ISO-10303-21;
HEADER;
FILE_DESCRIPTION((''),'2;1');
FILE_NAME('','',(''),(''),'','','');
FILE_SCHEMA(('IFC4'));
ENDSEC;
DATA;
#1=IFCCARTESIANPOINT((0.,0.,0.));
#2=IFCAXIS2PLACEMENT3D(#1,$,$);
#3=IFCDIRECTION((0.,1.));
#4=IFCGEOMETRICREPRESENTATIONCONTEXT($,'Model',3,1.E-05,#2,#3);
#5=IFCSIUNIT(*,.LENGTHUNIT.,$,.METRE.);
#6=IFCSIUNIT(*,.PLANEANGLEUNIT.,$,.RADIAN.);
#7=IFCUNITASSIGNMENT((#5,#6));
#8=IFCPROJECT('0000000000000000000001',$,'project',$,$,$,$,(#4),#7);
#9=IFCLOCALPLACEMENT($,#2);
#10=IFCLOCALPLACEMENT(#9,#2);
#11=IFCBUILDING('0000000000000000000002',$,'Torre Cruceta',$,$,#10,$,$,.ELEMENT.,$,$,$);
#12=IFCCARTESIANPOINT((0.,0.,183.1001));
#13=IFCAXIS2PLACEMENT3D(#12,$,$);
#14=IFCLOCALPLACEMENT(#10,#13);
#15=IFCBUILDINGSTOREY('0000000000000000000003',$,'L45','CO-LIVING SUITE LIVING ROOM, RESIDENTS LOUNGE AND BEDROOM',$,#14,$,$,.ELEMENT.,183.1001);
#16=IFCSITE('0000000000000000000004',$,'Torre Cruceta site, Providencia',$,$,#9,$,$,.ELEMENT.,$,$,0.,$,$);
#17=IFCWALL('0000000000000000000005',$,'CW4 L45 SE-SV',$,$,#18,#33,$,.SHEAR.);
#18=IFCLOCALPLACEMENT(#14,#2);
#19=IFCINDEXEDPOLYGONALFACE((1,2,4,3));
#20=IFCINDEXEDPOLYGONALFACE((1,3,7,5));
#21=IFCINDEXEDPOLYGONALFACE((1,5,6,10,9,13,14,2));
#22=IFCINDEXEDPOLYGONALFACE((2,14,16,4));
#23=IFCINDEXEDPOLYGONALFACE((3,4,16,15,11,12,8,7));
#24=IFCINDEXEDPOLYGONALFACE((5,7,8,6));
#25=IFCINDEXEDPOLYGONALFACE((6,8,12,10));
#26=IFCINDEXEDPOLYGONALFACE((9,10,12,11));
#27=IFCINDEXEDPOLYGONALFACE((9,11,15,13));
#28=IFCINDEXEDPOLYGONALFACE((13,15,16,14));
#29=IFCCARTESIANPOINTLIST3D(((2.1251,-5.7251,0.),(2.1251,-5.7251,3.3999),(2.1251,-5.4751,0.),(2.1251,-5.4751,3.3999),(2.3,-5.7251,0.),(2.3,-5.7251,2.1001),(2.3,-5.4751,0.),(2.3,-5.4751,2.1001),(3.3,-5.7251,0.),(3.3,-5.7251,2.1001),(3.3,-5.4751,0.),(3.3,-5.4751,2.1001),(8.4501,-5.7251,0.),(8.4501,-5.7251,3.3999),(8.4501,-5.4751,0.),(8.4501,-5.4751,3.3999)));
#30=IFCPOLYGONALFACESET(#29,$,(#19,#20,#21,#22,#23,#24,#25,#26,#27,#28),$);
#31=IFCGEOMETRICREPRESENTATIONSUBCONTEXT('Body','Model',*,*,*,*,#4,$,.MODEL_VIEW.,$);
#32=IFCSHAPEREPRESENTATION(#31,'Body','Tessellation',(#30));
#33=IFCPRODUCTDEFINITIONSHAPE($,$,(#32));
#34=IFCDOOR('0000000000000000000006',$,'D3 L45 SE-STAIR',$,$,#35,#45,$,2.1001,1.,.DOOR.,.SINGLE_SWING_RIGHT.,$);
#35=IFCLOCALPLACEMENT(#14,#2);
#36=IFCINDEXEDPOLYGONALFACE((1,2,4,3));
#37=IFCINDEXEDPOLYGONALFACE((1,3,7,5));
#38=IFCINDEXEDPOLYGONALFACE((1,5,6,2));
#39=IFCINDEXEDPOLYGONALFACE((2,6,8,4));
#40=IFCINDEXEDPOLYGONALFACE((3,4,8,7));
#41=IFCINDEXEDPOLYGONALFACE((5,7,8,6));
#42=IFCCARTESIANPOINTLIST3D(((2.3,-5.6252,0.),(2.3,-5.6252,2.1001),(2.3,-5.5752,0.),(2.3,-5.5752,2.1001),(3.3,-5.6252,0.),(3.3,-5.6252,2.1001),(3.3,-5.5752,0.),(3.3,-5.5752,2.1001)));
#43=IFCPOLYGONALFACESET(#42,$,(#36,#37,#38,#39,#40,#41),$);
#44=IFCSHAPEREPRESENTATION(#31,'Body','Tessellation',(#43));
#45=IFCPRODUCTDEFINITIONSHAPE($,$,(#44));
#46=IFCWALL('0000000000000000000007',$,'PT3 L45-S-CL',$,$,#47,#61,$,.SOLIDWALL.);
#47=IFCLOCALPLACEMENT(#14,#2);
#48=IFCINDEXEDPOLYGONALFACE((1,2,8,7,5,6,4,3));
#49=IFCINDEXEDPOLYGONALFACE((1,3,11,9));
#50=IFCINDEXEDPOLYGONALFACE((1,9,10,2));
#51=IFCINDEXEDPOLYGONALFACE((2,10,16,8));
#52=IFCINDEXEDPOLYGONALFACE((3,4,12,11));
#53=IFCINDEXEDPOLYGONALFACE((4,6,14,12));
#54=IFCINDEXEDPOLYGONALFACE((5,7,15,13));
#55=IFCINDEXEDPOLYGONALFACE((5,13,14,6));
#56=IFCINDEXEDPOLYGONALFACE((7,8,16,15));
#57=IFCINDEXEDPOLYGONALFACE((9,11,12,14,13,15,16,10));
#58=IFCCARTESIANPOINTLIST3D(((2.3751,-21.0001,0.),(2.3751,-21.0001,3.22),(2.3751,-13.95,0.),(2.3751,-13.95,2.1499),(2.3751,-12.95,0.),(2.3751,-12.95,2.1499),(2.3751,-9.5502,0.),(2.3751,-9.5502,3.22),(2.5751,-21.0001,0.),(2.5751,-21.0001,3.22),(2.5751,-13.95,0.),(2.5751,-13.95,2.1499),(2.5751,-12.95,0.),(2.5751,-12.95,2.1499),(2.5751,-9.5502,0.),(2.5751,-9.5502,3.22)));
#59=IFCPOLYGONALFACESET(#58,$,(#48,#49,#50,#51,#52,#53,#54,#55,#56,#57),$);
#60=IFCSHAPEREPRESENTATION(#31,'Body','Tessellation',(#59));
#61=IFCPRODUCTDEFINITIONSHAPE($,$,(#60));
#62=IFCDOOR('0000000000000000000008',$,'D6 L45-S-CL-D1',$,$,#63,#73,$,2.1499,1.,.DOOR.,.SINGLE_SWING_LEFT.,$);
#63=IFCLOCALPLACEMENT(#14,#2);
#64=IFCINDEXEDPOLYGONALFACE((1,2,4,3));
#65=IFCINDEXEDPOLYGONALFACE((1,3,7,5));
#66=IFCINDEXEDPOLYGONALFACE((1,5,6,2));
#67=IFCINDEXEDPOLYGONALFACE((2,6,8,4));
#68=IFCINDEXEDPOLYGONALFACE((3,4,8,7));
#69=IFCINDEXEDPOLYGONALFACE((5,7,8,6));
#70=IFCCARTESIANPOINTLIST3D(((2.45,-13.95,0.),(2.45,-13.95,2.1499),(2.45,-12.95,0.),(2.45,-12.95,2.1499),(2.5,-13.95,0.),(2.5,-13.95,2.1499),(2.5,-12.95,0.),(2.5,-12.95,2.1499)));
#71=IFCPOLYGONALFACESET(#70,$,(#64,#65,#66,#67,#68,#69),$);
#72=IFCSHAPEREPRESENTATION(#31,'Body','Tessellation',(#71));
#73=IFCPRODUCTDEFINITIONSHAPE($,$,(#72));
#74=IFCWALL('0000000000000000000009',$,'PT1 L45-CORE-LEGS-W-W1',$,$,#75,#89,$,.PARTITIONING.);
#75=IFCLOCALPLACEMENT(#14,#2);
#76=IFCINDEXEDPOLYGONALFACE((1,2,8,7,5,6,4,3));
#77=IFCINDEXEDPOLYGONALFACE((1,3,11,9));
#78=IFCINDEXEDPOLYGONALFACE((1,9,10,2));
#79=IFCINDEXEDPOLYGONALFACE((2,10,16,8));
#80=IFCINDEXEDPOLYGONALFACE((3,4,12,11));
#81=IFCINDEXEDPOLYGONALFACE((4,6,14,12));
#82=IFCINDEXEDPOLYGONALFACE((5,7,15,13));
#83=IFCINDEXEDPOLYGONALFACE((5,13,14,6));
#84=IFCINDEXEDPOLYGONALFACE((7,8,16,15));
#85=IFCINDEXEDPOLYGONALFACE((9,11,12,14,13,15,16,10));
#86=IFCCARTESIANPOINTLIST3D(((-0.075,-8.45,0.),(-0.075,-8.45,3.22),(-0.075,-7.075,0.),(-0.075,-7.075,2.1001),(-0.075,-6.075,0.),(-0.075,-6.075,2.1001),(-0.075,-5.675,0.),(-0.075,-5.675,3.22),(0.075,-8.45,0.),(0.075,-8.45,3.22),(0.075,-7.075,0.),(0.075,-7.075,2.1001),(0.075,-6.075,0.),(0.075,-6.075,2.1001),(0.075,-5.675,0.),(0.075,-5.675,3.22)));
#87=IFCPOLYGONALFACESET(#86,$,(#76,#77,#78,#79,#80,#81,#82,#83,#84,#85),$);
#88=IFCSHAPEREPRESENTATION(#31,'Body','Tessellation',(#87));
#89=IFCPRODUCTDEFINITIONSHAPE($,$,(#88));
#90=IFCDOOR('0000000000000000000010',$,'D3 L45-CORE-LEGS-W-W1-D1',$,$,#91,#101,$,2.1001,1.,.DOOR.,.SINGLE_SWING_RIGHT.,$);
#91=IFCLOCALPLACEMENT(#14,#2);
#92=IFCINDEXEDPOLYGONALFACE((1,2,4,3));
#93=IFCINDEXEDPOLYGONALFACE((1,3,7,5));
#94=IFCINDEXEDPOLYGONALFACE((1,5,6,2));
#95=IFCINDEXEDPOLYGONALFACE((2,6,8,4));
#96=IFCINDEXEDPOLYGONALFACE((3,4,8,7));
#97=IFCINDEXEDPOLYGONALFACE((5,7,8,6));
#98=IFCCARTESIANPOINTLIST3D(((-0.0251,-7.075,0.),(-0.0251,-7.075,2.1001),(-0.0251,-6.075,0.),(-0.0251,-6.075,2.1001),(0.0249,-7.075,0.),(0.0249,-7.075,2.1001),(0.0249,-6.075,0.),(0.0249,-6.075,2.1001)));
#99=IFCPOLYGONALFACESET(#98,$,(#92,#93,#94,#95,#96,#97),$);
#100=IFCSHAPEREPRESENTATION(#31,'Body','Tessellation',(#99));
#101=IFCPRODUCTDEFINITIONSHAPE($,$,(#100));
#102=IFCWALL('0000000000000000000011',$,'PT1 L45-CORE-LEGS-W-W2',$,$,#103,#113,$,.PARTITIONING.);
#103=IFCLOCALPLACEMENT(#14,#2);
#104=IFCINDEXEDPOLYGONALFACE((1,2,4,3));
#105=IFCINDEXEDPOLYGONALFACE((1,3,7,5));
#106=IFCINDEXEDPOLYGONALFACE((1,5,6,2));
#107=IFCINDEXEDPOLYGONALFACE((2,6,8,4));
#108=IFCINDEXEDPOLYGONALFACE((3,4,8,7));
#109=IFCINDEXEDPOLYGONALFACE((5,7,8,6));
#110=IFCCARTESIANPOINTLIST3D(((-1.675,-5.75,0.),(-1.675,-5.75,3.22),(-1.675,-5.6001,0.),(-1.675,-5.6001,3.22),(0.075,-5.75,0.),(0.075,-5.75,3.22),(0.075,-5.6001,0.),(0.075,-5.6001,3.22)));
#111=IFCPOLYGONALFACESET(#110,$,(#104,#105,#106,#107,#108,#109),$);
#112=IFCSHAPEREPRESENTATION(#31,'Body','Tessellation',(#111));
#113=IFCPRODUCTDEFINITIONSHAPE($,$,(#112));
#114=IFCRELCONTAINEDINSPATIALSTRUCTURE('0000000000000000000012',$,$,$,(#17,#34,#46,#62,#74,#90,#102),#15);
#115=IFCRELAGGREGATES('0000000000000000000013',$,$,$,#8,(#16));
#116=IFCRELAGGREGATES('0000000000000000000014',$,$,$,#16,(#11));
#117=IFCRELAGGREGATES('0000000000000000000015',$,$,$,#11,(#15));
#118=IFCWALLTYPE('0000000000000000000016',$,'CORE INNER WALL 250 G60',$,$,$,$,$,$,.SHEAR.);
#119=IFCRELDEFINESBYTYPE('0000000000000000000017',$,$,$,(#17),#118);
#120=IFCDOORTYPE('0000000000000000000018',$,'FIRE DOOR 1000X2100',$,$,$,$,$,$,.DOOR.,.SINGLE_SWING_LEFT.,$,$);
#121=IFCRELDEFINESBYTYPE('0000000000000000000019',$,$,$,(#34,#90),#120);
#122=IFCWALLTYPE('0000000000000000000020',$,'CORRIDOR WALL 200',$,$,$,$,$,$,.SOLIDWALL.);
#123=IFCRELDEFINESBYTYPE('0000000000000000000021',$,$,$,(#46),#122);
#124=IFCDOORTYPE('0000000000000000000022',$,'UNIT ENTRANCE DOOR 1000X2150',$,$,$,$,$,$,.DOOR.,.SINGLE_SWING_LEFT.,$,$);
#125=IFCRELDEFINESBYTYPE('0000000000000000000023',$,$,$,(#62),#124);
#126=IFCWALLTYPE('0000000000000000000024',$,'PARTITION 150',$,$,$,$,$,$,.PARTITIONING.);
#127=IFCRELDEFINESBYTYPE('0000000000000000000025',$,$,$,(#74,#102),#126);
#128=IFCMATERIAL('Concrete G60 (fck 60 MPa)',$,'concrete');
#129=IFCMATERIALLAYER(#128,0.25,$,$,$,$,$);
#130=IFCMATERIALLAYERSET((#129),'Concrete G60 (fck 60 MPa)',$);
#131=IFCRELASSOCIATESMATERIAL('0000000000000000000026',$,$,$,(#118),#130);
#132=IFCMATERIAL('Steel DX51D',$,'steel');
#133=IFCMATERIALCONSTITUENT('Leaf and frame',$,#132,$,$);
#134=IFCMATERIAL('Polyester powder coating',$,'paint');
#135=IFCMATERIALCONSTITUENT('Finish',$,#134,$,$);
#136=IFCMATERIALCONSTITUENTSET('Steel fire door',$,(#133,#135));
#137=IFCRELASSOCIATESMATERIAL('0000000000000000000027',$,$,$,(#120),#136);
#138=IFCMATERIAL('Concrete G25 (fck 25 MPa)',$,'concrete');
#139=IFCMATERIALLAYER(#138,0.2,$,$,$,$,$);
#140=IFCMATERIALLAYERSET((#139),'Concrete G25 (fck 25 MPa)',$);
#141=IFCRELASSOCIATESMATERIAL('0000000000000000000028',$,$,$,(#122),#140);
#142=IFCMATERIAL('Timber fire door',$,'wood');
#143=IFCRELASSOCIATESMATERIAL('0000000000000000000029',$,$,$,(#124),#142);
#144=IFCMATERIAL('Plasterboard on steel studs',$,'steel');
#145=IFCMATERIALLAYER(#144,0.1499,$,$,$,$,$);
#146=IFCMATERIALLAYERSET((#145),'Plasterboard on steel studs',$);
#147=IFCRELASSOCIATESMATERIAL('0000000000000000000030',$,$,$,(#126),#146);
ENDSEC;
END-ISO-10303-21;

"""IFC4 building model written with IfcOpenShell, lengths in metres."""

from ifc_helpers import new_model, si_unit, direction, frame, frame_2d, origin, place, context, subcontext, project, spatial, rectangle, extrude, material, layer, layer_set, constituent, constituent_set, type_object, element, fill, save


model = new_model("IFC4")

# Units and contexts
model_context = context("Model", 3, precision=1e-05, world=origin(), true_north=direction((0.0, 1.0)))
body_context = subcontext(model_context, "Body", "Model", "MODEL_VIEW")
ifc_project = project(units=[si_unit("LENGTHUNIT", "METRE"), si_unit("PLANEANGLEUNIT", "RADIAN")], contexts=[model_context])

# Site, building, storey
site_placement = place(None, origin())
site = spatial("IfcSite", under=ifc_project, at=site_placement, Name="Torre Cruceta site, Providencia", CompositionType="ELEMENT", RefElevation=0.0)
building_placement = place(site_placement, origin())
building = spatial("IfcBuilding", under=site, at=building_placement, Name="Torre Cruceta", CompositionType="ELEMENT")
storey_placement = place(building_placement, frame((0.0, 0.0, 183.1001)))
storey = spatial("IfcBuildingStorey", under=building, at=storey_placement, Name="L45", Description="CO-LIVING SUITE LIVING ROOM, RESIDENTS LOUNGE AND BEDROOM", CompositionType="ELEMENT", Elevation=183.1001)

# Shared definitions
ifc_material_1 = material(Name="Concrete G60 (fck 60 MPa)", Category="concrete")
ifc_layer_1 = layer(ifc_material_1, 0.25)
ifc_layer_set_1 = layer_set([ifc_layer_1], Name="Concrete G60 (fck 60 MPa)")
wall_type_1 = type_object("IfcWallType", Name="CORE INNER WALL 250 G60", PredefinedType="SHEAR", material=ifc_layer_set_1)
ifc_material_2 = material(Name="Steel DX51D", Category="steel")
ifc_constituent_1 = constituent(ifc_material_2, Name="Leaf and frame")
ifc_material_3 = material(Name="Polyester powder coating", Category="paint")
ifc_constituent_2 = constituent(ifc_material_3, Name="Finish")
ifc_constituent_set_1 = constituent_set(constituents=[ifc_constituent_1, ifc_constituent_2], Name="Steel fire door")
door_type_1 = type_object("IfcDoorType", Name="FIRE DOOR 1000X2100", OperationType="SINGLE_SWING_LEFT", PredefinedType="DOOR", material=ifc_constituent_set_1)

# Walls, openings, doors
wall_1_placement = place(storey_placement, frame((2.125, -5.6001, 0.0), z_axis=(0.0, 0.0, 1.0), x_axis=(1.0, 0.0, 0.0)))
wall_1 = element("IfcWall", 1, at=wall_1_placement, inside=storey, type_object=wall_type_1, Name="CW4 L45 SE-SV", PredefinedType="SHEAR", context=body_context, shape_type="SweptSolid", body=[
    extrude(rectangle(XDim=6.325, YDim=0.25, at=frame_2d((3.1626, 0.0))), origin(), (0.0, 0.0, 1.0), 3.3999),
])
opening_1_placement = place(wall_1_placement, frame((0.175, 0.0, 0.0)))
opening_1 = element("IfcOpeningElement", 2, at=opening_1_placement, cuts=wall_1, PredefinedType="OPENING", context=body_context, shape_type="SweptSolid", body=[
    extrude(rectangle(XDim=1.0, YDim=2.1001, at=frame_2d((0.5, 1.05))), frame((0.0, 0.135, 0.0), z_axis=(0.0, -1.0, 0.0), x_axis=(1.0, 0.0, 0.0)), (0.0, 0.0, 1.0), 0.27),
])
door_1_placement = place(opening_1_placement, frame((1.0, 0.0, 0.0), z_axis=(0.0, 0.0, 1.0), x_axis=(-1.0, 0.0, 0.0)))
door_1 = element("IfcDoor", 3, at=door_1_placement, inside=storey, type_object=door_type_1, Name="D3 L45 SE-STAIR", OperationType="SINGLE_SWING_RIGHT", OverallHeight=2.1001, OverallWidth=1.0, PredefinedType="DOOR", context=body_context, shape_type="SweptSolid", body=[
    extrude(rectangle(XDim=1.0, YDim=2.1001, at=frame_2d((0.5, 1.05))), frame((0.0, 0.0251, 0.0), z_axis=(0.0, -1.0, 0.0), x_axis=(1.0, 0.0, 0.0)), (0.0, 0.0, 1.0), 0.05),
])
fill(opening_1, door_1)
ifc_material_4 = material(Name="Concrete G25 (fck 25 MPa)", Category="concrete")
ifc_layer_2 = layer(ifc_material_4, 0.2)
ifc_layer_set_2 = layer_set([ifc_layer_2], Name="Concrete G25 (fck 25 MPa)")
wall_type_2 = type_object("IfcWallType", Name="CORRIDOR WALL 200", PredefinedType="SOLIDWALL", material=ifc_layer_set_2)
wall_2_placement = place(storey_placement, frame((2.4751, -9.55, 0.0), z_axis=(0.0, 0.0, 1.0), x_axis=(0.0, -1.0, 0.0)))
wall_2 = element("IfcWall", 4, at=wall_2_placement, inside=storey, type_object=wall_type_2, Name="PT3 L45-S-CL", PredefinedType="SOLIDWALL", context=body_context, shape_type="SweptSolid", body=[
    extrude(rectangle(XDim=11.45, YDim=0.2, at=frame_2d((5.7251, 0.0))), origin(), (0.0, 0.0, 1.0), 3.22),
])
opening_2_placement = place(wall_2_placement, frame((3.3999, 0.0, 0.0)))
opening_2 = element("IfcOpeningElement", 5, at=opening_2_placement, cuts=wall_2, PredefinedType="OPENING", context=body_context, shape_type="SweptSolid", body=[
    extrude(rectangle(XDim=1.0, YDim=2.1499, at=frame_2d((0.5, 1.075))), frame((0.0, 0.1099, 0.0), z_axis=(0.0, -1.0, 0.0), x_axis=(1.0, 0.0, 0.0)), (0.0, 0.0, 1.0), 0.22),
])
ifc_material_5 = material(Name="Timber fire door", Category="wood")
door_type_2 = type_object("IfcDoorType", Name="UNIT ENTRANCE DOOR 1000X2150", OperationType="SINGLE_SWING_LEFT", PredefinedType="DOOR", material=ifc_material_5)
door_2_placement = place(opening_2_placement, origin())
door_2 = element("IfcDoor", 6, at=door_2_placement, inside=storey, type_object=door_type_2, Name="D6 L45-S-CL-D1", OperationType="SINGLE_SWING_LEFT", OverallHeight=2.1499, OverallWidth=1.0, PredefinedType="DOOR", context=body_context, shape_type="SweptSolid", body=[
    extrude(rectangle(XDim=1.0, YDim=2.1499, at=frame_2d((0.5, 1.075))), frame((0.0, 0.0249, 0.0), z_axis=(0.0, -1.0, 0.0), x_axis=(1.0, 0.0, 0.0)), (0.0, 0.0, 1.0), 0.05),
])
fill(opening_2, door_2)
ifc_material_6 = material(Name="Plasterboard on steel studs", Category="steel")
ifc_layer_3 = layer(ifc_material_6, 0.1499)
ifc_layer_set_3 = layer_set([ifc_layer_3], Name="Plasterboard on steel studs")
wall_type_3 = type_object("IfcWallType", Name="PARTITION 150", PredefinedType="PARTITIONING", material=ifc_layer_set_3)
wall_3_placement = place(storey_placement, frame((0.0, -5.675, 0.0), z_axis=(0.0, 0.0, 1.0), x_axis=(0.0, -1.0, 0.0)))
wall_3 = element("IfcWall", 7, at=wall_3_placement, inside=storey, type_object=wall_type_3, Name="PT1 L45-CORE-LEGS-W-W1", PredefinedType="PARTITIONING", context=body_context, shape_type="SweptSolid", body=[
    extrude(rectangle(XDim=2.7749, YDim=0.1499, at=frame_2d((1.3875, 0.0))), origin(), (0.0, 0.0, 1.0), 3.22),
])
opening_3_placement = place(wall_3_placement, frame((0.3999, 0.0, 0.0)))
opening_3 = element("IfcOpeningElement", 8, at=opening_3_placement, cuts=wall_3, PredefinedType="OPENING", context=body_context, shape_type="SweptSolid", body=[
    extrude(rectangle(XDim=1.0, YDim=2.1001, at=frame_2d((0.5, 1.05))), frame((0.0, 0.085, 0.0), z_axis=(0.0, -1.0, 0.0), x_axis=(1.0, 0.0, 0.0)), (0.0, 0.0, 1.0), 0.1699),
])
door_3_placement = place(opening_3_placement, frame((1.0, 0.0, 0.0), z_axis=(0.0, 0.0, 1.0), x_axis=(-1.0, 0.0, 0.0)))
door_3 = element("IfcDoor", 9, at=door_3_placement, inside=storey, type_object=door_type_1, Name="D3 L45-CORE-LEGS-W-W1-D1", OperationType="SINGLE_SWING_RIGHT", OverallHeight=2.1001, OverallWidth=1.0, PredefinedType="DOOR", context=body_context, shape_type="SweptSolid", body=[
    extrude(rectangle(XDim=1.0, YDim=2.1001, at=frame_2d((0.5, 1.05))), frame((0.0, 0.0251, 0.0), z_axis=(0.0, -1.0, 0.0), x_axis=(1.0, 0.0, 0.0)), (0.0, 0.0, 1.0), 0.05),
])
fill(opening_3, door_3)

# Wall
wall_4_placement = place(storey_placement, frame((-1.675, -5.675, 0.0), z_axis=(0.0, 0.0, 1.0), x_axis=(1.0, 0.0, 0.0)))
element("IfcWall", 10, at=wall_4_placement, inside=storey, type_object=wall_type_3, Name="PT1 L45-CORE-LEGS-W-W2", PredefinedType="PARTITIONING", context=body_context, shape_type="SweptSolid", body=[
    extrude(rectangle(XDim=1.75, YDim=0.1499, at=frame_2d((0.875, 0.0))), origin(), (0.0, 0.0, 1.0), 3.22),
])

save(model, "model.ifc")
